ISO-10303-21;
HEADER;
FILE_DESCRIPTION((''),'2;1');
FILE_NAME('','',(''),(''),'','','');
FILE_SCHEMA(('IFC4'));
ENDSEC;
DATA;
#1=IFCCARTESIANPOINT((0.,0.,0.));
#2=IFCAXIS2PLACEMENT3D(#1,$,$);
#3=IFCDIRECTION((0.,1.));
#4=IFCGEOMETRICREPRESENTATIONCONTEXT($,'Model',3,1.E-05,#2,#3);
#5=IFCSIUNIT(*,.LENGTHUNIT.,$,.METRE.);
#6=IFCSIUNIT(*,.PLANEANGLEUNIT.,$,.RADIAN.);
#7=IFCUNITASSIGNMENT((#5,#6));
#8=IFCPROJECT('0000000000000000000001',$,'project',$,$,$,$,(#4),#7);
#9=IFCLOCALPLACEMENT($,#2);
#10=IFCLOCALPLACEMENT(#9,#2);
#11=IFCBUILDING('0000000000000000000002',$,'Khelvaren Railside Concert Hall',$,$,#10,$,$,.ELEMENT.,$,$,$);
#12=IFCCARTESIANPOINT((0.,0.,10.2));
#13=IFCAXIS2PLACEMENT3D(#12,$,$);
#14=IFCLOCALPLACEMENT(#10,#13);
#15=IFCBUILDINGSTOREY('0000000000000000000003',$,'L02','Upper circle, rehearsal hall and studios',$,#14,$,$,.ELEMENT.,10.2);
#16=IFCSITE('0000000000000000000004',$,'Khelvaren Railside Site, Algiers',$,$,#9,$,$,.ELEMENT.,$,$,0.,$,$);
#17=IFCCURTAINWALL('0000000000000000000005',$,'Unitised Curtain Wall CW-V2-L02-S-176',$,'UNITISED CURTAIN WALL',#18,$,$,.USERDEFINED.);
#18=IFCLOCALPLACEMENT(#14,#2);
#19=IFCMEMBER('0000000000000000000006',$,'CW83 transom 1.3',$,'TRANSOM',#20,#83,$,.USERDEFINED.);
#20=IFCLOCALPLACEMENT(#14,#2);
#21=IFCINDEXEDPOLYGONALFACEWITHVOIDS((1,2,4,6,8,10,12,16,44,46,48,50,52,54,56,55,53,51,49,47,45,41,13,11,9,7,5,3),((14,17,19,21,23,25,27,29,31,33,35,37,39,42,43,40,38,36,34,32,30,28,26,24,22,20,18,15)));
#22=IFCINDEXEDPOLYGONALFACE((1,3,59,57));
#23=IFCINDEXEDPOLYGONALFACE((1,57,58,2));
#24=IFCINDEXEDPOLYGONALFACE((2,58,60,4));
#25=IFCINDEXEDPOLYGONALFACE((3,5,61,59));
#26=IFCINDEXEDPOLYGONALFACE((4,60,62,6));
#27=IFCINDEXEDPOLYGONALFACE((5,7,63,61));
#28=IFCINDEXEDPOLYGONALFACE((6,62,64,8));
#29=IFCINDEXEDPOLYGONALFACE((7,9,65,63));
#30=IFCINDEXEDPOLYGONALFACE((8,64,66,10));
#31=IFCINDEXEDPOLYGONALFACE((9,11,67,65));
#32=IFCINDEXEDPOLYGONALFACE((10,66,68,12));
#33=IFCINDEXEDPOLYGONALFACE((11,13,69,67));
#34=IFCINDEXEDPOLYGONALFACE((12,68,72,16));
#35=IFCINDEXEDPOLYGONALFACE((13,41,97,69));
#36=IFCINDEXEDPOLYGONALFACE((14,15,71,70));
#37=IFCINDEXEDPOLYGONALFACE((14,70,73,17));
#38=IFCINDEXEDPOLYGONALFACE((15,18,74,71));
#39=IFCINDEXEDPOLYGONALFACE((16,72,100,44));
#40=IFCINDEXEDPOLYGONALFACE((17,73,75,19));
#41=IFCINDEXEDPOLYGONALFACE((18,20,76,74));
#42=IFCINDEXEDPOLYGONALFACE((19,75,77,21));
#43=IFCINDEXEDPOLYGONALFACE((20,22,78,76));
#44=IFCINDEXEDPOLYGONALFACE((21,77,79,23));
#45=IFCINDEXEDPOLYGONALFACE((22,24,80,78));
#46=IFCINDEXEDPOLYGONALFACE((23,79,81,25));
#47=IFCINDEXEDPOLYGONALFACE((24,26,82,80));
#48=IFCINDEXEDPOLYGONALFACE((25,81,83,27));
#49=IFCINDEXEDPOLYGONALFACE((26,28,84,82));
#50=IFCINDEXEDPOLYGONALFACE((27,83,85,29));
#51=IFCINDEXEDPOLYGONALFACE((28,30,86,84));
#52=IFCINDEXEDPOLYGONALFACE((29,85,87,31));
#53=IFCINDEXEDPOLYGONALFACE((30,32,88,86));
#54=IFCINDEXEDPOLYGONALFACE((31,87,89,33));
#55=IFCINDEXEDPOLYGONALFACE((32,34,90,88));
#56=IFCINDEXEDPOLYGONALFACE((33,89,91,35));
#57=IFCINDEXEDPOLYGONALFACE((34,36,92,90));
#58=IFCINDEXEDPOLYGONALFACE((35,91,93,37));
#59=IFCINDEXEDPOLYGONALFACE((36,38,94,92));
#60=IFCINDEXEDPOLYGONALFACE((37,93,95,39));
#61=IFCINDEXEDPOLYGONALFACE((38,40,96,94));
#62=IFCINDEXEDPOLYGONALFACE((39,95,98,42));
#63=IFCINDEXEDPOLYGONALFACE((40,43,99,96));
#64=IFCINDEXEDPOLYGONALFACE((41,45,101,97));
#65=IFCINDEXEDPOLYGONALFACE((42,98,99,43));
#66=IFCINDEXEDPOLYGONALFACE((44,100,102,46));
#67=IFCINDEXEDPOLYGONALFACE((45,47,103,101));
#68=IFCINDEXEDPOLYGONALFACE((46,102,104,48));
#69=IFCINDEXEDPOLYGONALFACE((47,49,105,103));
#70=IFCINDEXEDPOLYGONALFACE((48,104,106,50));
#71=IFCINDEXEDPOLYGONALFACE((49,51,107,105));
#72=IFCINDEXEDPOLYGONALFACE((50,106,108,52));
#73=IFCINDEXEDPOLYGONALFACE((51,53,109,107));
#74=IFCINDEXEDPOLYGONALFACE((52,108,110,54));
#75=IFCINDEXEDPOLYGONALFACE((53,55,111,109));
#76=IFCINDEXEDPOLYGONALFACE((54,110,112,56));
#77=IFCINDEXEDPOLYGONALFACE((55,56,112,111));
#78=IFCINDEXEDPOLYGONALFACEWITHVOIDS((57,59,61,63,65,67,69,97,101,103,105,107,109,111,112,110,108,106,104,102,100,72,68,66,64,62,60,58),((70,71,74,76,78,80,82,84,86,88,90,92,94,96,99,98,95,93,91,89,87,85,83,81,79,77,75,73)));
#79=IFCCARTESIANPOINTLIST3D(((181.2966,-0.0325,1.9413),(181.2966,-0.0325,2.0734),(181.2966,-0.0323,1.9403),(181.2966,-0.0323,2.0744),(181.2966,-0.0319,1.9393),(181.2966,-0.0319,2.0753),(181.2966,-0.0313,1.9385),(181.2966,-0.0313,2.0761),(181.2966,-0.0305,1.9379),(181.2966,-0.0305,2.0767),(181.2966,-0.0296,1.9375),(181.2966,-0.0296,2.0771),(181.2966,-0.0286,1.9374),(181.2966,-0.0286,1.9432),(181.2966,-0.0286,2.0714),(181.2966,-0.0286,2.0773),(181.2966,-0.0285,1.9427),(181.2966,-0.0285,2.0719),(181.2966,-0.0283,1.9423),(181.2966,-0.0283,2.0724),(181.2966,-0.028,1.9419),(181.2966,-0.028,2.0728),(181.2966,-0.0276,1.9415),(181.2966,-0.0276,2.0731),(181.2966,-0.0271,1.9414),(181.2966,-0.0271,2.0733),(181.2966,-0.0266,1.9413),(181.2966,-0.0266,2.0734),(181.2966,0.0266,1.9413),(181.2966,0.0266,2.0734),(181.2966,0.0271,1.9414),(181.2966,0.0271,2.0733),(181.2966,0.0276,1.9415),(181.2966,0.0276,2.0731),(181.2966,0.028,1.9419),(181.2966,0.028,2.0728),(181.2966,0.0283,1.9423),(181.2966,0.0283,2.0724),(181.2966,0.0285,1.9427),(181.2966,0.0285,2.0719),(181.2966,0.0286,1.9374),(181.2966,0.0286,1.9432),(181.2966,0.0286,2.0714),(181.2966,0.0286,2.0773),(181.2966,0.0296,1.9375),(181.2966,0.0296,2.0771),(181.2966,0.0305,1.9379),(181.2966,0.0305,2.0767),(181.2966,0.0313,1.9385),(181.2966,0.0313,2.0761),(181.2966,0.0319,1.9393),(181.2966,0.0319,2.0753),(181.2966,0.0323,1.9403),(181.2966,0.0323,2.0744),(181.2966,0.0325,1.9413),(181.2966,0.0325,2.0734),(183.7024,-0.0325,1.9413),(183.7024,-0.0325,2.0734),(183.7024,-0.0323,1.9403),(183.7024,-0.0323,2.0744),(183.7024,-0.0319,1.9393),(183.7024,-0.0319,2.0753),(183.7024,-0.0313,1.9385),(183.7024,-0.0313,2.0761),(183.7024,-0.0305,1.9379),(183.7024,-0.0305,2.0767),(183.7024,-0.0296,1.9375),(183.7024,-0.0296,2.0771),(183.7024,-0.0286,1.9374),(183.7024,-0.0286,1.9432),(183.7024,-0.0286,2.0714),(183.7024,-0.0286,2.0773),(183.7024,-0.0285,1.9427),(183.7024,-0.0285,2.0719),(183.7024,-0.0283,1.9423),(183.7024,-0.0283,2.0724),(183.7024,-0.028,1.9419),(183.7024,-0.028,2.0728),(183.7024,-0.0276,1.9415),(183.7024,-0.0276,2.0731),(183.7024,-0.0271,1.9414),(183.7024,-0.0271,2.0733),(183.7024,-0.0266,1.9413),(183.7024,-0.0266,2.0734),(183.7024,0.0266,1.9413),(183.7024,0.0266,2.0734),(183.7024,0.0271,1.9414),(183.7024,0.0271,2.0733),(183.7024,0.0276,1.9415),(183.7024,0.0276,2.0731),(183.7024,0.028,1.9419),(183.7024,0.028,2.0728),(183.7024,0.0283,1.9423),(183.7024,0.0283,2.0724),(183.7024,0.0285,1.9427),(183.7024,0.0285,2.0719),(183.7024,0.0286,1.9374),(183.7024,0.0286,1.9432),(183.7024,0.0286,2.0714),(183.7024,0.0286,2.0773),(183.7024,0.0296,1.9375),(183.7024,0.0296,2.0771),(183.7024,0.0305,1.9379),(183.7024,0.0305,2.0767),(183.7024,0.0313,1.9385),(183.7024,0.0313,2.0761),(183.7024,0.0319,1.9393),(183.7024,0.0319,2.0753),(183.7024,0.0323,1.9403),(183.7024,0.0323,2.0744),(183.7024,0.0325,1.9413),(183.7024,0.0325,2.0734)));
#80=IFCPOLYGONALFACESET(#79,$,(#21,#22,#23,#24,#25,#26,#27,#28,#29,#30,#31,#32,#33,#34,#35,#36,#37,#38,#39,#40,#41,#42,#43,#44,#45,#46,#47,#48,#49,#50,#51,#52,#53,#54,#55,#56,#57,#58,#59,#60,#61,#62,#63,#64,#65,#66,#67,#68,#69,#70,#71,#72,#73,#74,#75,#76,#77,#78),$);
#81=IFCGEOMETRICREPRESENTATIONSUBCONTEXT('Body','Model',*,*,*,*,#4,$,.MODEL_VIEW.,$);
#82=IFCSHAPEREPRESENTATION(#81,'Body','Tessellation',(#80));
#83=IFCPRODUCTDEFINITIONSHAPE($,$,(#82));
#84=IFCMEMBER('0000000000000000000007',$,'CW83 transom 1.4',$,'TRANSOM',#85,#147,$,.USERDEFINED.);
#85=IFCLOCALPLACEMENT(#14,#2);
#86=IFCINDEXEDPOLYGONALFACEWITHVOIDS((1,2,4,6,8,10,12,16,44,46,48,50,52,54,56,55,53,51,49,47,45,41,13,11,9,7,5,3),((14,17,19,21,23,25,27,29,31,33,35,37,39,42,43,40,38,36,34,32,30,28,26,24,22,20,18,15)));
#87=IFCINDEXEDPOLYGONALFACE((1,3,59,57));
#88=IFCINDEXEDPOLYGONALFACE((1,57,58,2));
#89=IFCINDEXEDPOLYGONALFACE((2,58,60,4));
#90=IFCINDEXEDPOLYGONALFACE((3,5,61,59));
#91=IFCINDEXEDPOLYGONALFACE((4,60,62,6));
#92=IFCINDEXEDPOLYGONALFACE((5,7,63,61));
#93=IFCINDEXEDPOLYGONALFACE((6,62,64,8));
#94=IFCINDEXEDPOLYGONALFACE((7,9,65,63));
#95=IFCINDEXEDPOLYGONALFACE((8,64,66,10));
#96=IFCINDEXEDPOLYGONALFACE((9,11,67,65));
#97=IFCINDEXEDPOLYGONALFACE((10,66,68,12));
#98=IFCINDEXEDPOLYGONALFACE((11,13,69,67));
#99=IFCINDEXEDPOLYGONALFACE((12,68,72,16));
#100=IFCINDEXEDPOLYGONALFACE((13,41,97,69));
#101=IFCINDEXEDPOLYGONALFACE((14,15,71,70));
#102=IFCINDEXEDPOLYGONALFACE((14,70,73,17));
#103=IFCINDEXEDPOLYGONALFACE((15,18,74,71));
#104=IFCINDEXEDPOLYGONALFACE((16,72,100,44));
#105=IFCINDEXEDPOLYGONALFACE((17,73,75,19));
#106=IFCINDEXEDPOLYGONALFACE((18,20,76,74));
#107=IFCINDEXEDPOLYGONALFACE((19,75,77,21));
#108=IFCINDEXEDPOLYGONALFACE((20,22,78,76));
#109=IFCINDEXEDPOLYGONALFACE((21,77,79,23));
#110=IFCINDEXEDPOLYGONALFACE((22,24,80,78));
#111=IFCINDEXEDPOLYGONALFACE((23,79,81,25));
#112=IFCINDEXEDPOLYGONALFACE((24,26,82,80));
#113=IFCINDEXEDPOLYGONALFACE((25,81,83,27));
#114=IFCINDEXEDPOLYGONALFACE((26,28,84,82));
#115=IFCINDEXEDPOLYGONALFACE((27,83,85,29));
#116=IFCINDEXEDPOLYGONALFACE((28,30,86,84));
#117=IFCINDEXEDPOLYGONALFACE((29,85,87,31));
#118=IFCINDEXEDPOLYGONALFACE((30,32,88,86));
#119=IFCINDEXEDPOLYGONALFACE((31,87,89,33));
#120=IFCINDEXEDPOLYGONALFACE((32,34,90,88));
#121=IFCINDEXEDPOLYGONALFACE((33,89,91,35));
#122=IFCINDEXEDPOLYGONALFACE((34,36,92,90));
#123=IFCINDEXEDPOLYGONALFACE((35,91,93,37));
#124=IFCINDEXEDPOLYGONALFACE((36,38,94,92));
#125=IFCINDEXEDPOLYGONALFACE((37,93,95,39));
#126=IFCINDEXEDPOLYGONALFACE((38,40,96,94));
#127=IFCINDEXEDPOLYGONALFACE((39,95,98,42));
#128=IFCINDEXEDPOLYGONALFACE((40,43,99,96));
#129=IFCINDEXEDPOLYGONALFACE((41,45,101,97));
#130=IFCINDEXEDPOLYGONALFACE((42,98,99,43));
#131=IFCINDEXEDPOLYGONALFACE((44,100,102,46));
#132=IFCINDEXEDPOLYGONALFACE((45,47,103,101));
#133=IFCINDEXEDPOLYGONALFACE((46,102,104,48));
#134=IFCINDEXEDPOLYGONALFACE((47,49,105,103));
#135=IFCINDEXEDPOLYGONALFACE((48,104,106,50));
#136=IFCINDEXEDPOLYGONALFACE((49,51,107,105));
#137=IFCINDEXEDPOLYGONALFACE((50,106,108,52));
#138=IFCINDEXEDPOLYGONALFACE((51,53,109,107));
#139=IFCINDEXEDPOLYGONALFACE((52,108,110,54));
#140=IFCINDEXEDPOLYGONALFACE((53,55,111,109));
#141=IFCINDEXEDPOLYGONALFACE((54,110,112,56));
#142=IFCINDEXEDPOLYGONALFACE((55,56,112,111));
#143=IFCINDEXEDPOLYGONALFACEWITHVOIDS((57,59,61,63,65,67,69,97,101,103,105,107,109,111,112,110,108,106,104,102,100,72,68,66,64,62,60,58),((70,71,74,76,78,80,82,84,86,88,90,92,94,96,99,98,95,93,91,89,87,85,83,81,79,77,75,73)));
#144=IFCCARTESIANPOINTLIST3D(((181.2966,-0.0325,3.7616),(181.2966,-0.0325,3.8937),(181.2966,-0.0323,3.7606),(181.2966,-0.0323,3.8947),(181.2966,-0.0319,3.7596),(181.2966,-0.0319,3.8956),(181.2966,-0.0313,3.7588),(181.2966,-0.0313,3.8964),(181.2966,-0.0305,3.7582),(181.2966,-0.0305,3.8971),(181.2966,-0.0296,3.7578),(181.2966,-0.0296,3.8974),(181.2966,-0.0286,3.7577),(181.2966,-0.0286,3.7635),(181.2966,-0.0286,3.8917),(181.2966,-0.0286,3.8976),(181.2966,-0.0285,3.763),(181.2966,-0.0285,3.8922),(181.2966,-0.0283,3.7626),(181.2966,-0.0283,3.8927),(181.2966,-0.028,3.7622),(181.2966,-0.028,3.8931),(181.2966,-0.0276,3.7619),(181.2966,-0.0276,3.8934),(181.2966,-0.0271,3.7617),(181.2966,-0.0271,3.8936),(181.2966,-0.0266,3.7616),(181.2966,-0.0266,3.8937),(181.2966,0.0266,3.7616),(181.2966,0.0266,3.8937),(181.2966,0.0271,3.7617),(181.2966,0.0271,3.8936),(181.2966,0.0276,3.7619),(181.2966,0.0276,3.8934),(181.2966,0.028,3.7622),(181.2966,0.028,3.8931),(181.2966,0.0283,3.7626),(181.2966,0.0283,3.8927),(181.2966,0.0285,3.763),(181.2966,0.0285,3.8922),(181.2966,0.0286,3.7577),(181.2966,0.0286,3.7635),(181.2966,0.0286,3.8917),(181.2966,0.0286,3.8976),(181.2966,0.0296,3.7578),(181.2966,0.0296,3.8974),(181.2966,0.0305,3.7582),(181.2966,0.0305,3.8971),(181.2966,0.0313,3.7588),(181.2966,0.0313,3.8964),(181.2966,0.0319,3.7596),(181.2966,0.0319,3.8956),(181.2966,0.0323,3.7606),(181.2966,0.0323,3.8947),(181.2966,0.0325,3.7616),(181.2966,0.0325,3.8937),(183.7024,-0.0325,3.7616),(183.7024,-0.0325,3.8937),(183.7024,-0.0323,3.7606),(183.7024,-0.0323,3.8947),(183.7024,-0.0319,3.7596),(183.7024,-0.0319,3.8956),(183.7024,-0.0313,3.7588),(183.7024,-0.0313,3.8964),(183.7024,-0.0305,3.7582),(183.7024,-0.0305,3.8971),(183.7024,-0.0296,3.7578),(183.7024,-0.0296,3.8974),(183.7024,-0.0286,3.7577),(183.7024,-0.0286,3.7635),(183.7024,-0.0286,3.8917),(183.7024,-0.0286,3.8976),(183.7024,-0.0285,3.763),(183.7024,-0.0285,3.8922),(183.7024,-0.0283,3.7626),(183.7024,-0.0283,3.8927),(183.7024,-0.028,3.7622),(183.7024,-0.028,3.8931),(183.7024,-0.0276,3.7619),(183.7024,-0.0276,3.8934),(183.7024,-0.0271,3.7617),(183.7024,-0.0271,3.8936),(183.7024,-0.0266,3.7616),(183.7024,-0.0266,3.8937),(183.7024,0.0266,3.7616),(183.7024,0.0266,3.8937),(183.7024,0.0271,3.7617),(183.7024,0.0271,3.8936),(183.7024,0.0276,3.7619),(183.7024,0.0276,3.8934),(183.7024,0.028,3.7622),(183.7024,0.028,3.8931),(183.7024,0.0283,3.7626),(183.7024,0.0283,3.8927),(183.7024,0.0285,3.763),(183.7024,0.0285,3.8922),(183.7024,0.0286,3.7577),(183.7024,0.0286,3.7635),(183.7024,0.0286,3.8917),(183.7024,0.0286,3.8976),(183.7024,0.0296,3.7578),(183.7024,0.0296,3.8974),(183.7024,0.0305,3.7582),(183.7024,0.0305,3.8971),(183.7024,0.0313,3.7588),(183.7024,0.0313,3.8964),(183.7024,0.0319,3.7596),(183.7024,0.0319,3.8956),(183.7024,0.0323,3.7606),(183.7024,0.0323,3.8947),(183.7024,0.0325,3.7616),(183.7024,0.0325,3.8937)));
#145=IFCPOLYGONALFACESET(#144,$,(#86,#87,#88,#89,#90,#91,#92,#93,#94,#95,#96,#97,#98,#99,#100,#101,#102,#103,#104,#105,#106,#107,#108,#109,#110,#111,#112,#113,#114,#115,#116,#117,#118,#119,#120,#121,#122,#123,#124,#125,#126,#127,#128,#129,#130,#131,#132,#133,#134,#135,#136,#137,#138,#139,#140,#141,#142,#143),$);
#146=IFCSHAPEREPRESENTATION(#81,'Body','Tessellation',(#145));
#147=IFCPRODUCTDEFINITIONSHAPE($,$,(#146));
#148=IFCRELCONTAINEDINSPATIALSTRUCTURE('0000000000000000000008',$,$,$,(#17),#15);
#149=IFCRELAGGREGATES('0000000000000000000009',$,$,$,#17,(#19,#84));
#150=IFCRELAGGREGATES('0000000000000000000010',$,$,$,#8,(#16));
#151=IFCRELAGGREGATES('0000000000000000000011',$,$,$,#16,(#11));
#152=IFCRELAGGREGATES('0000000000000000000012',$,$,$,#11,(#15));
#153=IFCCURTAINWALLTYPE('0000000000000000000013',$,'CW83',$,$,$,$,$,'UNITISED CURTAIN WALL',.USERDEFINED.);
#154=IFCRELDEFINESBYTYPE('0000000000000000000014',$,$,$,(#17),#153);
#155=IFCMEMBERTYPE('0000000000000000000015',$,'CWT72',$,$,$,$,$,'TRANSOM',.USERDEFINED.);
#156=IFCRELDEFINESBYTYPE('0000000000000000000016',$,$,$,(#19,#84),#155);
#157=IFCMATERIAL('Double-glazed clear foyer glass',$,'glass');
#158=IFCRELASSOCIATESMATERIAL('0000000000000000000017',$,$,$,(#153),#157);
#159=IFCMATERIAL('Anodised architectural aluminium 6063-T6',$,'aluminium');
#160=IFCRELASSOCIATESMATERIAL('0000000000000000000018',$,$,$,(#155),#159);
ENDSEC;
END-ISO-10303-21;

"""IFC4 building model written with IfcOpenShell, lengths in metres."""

from ifc_helpers import new_model, si_unit, direction, frame, origin, origin_2d, place, context, subcontext, project, spatial, hollow_rectangle, extrude, material, material_profile, profile_set, type_object, element, aggregate, save


model = new_model("IFC4")

# Units and contexts
model_context = context("Model", 3, precision=1e-05, world=origin(), true_north=direction((0.0, 1.0)))
body_context = subcontext(model_context, "Body", "Model", "MODEL_VIEW")
ifc_project = project(units=[si_unit("LENGTHUNIT", "METRE"), si_unit("PLANEANGLEUNIT", "RADIAN")], contexts=[model_context])

# Site, building, storey
site_placement = place(None, origin())
site = spatial("IfcSite", under=ifc_project, at=site_placement, Name="Khelvaren Railside Site, Algiers", CompositionType="ELEMENT", RefElevation=0.0)
building_placement = place(site_placement, origin())
building = spatial("IfcBuilding", under=site, at=building_placement, Name="Khelvaren Railside Concert Hall", CompositionType="ELEMENT")
storey_placement = place(building_placement, frame((0.0, 0.0, 10.2)))
storey = spatial("IfcBuildingStorey", under=building, at=storey_placement, Name="L02", Description="Upper circle, rehearsal hall and studios", CompositionType="ELEMENT", Elevation=10.2)

# Curtain wall
ifc_material_1 = material(Name="Double-glazed clear foyer glass", Category="glass")
curtain_wall_type = type_object("IfcCurtainWallType", Name="CW83", ElementType="UNITISED CURTAIN WALL", PredefinedType="USERDEFINED", material=ifc_material_1)
curtain_wall_1_placement = place(storey_placement, origin())
curtain_wall_1 = element("IfcCurtainWall", 1, at=curtain_wall_1_placement, inside=storey, type_object=curtain_wall_type, Name="Unitised Curtain Wall CW-V2-L02-S-176", ObjectType="UNITISED CURTAIN WALL", PredefinedType="USERDEFINED")
ifc_material_2 = material(Name="Anodised architectural aluminium 6063-T6", Category="aluminium")

# Members
ifc_material_profile_1 = material_profile(ifc_material_2, hollow_rectangle(XDim=0.0649, YDim=0.1399, WallThickness=0.0039, InnerFilletRadius=0.002, OuterFilletRadius=0.0039, at=origin_2d()), Name="CWT 65x140x4")
ifc_profile_set_1 = profile_set([ifc_material_profile_1], Name="Anodised architectural aluminium 6063-T6")
member_type_1 = type_object("IfcMemberType", Name="CWT72", ElementType="TRANSOM", PredefinedType="USERDEFINED", material=ifc_profile_set_1)
member_1_placement = place(storey_placement, frame((183.7024, 0.0, 2.0073), z_axis=(-1.0, 0.0, 0.0), x_axis=(0.0, -1.0, 0.0)))
member_1 = element("IfcMember", 2, at=member_1_placement, type_object=member_type_1, Name="CW83 transom 1.3", ObjectType="TRANSOM", PredefinedType="USERDEFINED", context=body_context, shape_type="SweptSolid", body=[
    extrude(hollow_rectangle(XDim=0.0649, YDim=0.1399, WallThickness=0.0039, InnerFilletRadius=0.002, OuterFilletRadius=0.0039, at=origin_2d()), origin(), (0.0, 0.0, 1.0), 2.4058),
])
member_2_placement = place(storey_placement, frame((183.7024, 0.0, 3.8276), z_axis=(-1.0, 0.0, 0.0), x_axis=(0.0, -1.0, 0.0)))
member_2 = element("IfcMember", 3, at=member_2_placement, type_object=member_type_1, Name="CW83 transom 1.4", ObjectType="TRANSOM", PredefinedType="USERDEFINED", context=body_context, shape_type="SweptSolid", body=[
    extrude(hollow_rectangle(XDim=0.0649, YDim=0.1399, WallThickness=0.0039, InnerFilletRadius=0.002, OuterFilletRadius=0.0039, at=origin_2d()), origin(), (0.0, 0.0, 1.0), 2.4058),
])
aggregate(curtain_wall_1, [member_1, member_2])

save(model, "model.ifc")
